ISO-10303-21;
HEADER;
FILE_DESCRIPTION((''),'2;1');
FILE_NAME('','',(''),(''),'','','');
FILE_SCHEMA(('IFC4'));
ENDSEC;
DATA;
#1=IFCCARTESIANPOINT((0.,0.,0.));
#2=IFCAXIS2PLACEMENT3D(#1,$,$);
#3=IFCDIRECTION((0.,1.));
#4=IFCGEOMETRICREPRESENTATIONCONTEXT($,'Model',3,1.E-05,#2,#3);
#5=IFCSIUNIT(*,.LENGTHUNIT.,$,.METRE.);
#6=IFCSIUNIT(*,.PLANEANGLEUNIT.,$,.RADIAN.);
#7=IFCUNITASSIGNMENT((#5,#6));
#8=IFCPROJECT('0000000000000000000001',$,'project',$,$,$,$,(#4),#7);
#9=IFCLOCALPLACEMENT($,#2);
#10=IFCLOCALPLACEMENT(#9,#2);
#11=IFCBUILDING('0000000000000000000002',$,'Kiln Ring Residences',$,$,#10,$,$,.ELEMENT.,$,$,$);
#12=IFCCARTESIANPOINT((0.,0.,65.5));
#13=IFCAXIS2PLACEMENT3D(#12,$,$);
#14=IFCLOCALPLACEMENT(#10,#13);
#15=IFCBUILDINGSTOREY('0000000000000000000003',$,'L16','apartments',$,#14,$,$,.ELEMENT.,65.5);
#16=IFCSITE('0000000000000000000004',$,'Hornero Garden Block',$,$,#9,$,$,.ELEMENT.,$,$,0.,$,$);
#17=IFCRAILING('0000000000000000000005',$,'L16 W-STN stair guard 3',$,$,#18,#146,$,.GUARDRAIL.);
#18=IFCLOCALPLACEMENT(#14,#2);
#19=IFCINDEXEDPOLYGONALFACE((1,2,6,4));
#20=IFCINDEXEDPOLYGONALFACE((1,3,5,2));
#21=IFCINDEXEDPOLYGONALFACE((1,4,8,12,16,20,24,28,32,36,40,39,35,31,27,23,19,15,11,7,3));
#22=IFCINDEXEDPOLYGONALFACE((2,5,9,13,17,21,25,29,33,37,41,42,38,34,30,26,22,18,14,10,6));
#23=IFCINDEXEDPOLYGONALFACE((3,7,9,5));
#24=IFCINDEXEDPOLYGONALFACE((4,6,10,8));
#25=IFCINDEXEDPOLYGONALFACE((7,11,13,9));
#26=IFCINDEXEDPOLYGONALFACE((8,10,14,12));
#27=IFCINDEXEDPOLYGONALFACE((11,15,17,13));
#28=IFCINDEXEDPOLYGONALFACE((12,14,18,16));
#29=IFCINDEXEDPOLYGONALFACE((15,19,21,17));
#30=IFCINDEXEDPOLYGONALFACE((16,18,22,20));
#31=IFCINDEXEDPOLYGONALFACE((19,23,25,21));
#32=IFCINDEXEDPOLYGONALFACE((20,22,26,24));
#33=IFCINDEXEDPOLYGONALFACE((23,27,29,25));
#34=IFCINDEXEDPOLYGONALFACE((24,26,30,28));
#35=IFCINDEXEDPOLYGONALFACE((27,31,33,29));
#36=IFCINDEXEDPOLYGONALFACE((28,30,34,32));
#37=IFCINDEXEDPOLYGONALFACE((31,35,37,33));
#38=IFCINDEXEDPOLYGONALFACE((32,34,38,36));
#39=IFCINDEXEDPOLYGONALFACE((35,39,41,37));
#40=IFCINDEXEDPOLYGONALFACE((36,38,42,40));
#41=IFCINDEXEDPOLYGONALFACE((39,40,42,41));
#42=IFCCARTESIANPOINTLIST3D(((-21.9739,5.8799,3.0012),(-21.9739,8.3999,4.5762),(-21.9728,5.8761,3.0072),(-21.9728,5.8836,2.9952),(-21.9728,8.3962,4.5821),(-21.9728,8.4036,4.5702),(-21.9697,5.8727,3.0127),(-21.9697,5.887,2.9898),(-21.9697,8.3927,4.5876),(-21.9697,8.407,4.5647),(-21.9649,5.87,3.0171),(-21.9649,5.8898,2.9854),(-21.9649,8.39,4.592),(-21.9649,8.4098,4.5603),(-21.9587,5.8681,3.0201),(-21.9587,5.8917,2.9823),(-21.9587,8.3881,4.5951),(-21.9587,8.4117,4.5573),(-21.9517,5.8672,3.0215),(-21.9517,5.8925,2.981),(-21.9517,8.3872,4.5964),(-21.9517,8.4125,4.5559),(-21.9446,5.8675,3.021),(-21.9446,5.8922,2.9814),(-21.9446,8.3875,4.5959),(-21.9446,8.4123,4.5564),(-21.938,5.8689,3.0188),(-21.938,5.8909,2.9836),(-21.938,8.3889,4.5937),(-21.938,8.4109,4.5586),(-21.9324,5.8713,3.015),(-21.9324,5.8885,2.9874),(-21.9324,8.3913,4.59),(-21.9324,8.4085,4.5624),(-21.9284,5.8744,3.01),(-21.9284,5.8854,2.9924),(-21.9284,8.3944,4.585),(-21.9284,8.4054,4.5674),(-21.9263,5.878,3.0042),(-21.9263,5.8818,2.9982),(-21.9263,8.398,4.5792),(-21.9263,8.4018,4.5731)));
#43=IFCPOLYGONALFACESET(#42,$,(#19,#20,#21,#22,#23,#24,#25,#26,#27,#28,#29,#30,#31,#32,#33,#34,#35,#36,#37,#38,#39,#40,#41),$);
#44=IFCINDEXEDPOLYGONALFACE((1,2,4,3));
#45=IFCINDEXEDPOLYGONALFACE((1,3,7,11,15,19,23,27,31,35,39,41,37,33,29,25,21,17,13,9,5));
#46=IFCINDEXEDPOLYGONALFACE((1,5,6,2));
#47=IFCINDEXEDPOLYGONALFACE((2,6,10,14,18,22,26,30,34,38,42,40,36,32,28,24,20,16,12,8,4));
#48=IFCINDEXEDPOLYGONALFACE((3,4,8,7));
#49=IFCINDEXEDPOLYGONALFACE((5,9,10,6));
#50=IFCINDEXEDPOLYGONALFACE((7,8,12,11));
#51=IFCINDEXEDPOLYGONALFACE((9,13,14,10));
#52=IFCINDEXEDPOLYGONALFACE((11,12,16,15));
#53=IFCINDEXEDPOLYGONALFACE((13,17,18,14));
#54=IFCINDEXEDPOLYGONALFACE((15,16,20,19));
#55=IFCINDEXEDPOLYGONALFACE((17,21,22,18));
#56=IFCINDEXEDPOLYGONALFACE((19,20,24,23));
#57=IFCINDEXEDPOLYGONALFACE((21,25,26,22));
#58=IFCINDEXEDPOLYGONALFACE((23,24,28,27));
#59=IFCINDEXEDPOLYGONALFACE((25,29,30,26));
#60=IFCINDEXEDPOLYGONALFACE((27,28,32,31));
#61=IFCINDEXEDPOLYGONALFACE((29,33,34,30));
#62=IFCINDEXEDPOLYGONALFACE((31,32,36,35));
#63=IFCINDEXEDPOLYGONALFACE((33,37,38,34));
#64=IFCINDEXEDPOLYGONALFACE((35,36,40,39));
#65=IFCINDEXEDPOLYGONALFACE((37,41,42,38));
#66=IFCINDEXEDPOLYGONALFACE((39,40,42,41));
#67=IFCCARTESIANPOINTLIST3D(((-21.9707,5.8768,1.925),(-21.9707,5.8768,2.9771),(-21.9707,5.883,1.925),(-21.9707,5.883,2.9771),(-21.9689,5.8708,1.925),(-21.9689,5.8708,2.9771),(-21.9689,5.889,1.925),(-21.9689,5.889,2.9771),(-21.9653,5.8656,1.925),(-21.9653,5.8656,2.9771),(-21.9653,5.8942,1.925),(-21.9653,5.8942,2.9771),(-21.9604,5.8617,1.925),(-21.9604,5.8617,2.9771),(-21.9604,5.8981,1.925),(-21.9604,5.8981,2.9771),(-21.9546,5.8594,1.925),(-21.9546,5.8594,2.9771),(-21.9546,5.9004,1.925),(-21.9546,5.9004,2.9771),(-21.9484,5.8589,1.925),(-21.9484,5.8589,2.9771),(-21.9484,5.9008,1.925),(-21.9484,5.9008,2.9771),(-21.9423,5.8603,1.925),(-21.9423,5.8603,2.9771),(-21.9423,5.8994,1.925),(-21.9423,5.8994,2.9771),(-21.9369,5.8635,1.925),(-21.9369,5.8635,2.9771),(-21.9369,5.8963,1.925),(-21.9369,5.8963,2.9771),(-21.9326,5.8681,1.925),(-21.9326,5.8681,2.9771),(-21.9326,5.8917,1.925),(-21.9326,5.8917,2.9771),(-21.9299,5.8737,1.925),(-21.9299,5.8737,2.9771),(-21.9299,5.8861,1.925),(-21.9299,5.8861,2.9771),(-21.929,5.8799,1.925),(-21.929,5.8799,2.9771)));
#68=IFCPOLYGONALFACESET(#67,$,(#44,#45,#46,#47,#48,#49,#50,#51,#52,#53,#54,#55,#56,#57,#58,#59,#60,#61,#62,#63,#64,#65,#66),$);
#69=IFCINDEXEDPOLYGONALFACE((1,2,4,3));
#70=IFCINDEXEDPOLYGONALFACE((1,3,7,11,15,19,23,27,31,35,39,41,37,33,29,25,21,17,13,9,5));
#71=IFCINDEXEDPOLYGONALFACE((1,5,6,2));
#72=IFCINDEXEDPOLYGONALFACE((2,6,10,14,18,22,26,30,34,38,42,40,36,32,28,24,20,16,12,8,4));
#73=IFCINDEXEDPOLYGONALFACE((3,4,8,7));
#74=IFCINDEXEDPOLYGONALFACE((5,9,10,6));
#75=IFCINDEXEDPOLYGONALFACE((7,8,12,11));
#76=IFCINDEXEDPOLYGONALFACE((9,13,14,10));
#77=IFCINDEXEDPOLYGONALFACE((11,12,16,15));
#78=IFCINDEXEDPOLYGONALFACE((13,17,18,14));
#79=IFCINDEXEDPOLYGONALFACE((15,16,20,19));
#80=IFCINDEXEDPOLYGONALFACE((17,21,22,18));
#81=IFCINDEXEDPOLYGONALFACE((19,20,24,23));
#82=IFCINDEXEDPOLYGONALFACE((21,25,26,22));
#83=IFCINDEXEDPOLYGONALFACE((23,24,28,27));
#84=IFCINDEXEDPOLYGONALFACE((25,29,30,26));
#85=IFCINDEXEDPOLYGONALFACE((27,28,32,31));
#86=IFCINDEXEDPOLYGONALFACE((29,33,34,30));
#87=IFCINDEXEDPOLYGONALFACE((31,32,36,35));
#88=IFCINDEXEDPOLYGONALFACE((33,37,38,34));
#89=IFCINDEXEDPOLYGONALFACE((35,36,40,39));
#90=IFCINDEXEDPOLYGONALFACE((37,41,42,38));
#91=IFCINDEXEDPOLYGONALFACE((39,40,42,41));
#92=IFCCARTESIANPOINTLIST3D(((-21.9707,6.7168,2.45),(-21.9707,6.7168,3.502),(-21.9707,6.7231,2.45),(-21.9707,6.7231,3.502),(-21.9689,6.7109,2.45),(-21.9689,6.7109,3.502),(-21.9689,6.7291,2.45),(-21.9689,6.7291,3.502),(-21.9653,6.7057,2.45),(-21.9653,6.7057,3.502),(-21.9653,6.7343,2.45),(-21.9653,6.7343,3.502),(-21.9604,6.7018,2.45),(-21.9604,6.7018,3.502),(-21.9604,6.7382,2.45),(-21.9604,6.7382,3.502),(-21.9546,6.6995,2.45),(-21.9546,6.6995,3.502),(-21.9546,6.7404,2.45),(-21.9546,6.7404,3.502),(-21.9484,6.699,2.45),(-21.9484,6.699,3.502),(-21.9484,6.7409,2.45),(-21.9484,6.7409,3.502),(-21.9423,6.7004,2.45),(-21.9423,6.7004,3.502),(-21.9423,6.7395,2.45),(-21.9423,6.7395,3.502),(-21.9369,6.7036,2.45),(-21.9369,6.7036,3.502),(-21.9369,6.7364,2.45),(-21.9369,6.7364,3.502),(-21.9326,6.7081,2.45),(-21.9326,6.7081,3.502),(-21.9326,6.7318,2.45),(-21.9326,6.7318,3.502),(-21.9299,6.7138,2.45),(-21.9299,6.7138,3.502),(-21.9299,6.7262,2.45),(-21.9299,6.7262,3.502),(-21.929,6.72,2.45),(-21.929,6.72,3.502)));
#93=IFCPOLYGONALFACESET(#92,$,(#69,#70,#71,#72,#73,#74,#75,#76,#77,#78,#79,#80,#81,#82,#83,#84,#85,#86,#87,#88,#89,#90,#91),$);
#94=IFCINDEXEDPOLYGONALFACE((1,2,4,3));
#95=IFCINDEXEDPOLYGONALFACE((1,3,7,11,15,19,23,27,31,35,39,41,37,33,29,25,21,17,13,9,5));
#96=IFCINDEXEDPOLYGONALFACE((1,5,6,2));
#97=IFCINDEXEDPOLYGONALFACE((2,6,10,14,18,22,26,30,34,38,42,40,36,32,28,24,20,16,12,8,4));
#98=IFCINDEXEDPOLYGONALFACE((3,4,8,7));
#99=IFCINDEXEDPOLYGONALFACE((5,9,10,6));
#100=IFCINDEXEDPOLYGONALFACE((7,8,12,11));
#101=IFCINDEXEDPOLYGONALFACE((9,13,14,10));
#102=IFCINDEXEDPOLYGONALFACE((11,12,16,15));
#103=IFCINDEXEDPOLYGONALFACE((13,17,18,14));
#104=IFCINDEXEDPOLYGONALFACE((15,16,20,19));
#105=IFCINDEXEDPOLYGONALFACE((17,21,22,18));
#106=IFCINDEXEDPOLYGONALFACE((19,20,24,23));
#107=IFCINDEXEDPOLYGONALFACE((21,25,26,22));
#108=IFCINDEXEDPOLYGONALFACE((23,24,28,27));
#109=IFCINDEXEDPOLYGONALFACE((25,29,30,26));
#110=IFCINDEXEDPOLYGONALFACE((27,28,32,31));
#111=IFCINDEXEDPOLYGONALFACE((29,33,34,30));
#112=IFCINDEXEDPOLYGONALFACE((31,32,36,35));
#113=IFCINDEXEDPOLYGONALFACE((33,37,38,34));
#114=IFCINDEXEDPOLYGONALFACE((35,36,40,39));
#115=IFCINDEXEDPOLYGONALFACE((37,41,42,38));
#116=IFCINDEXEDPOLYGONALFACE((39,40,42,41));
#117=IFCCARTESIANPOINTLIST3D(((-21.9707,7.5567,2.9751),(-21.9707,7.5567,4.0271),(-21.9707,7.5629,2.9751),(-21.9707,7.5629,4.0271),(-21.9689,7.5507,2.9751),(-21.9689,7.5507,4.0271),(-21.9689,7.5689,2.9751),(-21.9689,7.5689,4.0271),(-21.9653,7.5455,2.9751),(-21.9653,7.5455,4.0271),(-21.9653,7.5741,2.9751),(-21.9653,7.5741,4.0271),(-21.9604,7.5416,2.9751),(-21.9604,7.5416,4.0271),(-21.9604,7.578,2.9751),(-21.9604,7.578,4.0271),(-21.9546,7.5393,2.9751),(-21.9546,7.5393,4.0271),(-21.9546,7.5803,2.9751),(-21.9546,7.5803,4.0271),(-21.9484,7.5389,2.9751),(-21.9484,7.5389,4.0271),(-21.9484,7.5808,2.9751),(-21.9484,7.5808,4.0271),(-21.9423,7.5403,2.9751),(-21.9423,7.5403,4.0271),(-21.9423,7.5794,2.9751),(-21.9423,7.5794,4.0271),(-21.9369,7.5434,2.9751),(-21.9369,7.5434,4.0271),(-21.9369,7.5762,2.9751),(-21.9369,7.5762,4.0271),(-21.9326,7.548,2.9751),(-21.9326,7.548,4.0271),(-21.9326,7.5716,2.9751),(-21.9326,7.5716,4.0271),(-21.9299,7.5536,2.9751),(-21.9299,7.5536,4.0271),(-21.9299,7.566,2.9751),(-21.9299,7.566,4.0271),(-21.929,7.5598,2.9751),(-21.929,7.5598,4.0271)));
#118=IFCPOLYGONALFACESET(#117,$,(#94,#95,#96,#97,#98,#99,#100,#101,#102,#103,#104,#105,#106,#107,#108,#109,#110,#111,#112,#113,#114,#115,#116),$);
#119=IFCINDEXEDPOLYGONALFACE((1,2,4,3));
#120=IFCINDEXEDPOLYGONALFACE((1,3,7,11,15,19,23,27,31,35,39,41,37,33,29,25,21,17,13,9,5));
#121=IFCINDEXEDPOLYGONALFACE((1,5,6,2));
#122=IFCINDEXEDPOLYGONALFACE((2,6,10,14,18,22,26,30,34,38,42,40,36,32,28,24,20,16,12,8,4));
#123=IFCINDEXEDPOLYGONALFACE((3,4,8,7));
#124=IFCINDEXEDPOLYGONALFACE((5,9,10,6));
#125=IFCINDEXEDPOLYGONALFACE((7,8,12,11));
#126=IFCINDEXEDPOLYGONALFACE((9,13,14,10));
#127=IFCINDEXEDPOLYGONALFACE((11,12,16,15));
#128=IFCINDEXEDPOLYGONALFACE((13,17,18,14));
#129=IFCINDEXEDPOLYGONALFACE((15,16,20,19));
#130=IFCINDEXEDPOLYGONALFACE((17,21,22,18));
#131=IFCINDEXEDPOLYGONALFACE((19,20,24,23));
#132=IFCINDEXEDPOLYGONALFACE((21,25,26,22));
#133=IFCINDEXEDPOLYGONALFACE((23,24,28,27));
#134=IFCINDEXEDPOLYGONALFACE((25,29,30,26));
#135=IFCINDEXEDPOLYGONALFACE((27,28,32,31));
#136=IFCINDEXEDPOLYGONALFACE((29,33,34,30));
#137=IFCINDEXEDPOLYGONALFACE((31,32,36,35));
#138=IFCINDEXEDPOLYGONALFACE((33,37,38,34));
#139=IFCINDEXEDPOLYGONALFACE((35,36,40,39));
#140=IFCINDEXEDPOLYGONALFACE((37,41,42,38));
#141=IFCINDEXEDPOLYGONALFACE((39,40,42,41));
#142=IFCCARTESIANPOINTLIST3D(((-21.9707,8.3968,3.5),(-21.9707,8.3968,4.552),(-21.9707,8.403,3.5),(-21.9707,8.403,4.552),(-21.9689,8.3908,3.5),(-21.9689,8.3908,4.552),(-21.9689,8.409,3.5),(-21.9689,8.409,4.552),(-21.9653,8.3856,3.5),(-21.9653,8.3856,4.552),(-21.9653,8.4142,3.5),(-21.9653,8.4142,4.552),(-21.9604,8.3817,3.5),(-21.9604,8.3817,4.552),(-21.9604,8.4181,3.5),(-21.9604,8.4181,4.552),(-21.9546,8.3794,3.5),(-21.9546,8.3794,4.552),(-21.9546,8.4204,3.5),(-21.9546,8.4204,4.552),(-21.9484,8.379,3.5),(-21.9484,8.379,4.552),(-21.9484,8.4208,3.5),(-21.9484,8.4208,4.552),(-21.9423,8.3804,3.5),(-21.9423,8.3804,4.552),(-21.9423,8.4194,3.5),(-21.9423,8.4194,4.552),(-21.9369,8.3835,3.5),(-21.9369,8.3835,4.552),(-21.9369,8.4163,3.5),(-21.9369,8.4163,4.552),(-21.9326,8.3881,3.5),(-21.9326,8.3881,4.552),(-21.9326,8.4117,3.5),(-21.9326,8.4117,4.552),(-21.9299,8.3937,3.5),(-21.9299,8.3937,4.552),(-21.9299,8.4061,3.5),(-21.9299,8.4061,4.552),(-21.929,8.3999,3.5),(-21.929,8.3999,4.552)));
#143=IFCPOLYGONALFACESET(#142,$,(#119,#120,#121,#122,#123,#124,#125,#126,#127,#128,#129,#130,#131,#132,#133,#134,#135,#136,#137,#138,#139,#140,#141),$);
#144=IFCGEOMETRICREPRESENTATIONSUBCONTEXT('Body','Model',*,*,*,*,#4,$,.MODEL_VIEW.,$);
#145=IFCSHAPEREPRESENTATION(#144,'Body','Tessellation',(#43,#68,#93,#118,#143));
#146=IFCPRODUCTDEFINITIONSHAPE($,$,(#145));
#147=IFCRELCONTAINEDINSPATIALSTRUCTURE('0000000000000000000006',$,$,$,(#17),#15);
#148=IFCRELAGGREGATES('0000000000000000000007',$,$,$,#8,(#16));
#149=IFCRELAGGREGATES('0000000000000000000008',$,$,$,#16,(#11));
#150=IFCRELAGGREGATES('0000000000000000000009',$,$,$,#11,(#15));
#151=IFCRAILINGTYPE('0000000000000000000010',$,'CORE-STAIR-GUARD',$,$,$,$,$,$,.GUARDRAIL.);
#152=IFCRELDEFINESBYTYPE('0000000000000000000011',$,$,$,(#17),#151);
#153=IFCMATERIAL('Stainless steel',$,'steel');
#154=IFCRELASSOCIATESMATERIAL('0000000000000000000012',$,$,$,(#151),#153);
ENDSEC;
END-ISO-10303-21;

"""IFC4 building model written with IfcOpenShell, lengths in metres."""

from ifc_helpers import new_model, si_unit, direction, frame, origin, origin_2d, place, context, subcontext, project, spatial, circle, extrude, material, type_object, element, save


model = new_model("IFC4")

# Units and contexts
model_context = context("Model", 3, precision=1e-05, world=origin(), true_north=direction((0.0, 1.0)))
body_context = subcontext(model_context, "Body", "Model", "MODEL_VIEW")
ifc_project = project(units=[si_unit("LENGTHUNIT", "METRE"), si_unit("PLANEANGLEUNIT", "RADIAN")], contexts=[model_context])

# Site, building, storey
site_placement = place(None, origin())
site = spatial("IfcSite", under=ifc_project, at=site_placement, Name="Hornero Garden Block", CompositionType="ELEMENT", RefElevation=0.0)
building_placement = place(site_placement, origin())
building = spatial("IfcBuilding", under=site, at=building_placement, Name="Kiln Ring Residences", CompositionType="ELEMENT")
storey_placement = place(building_placement, frame((0.0, 0.0, 65.5)))
storey = spatial("IfcBuildingStorey", under=building, at=storey_placement, Name="L16", Description="apartments", CompositionType="ELEMENT", Elevation=65.5)

# Railing
ifc_material_1 = material(Name="Stainless steel", Category="steel")
railing_type_1 = type_object("IfcRailingType", Name="CORE-STAIR-GUARD", PredefinedType="GUARDRAIL", material=ifc_material_1)
railing_1_placement = place(storey_placement, frame((-21.95, 5.8799, 1.925)))
element("IfcRailing", 1, at=railing_1_placement, inside=storey, type_object=railing_type_1, Name="L16 W-STN stair guard 3", PredefinedType="GUARDRAIL", context=body_context, shape_type="SweptSolid", body=[
    extrude(circle(Radius=0.0239, at=origin_2d()), frame((0.0, 0.0, 1.0762), z_axis=(0.0, 0.848008, 0.529984), x_axis=(-1.0, 0.0, 0.0)), (0.0, 0.0, 1.0), 2.9717),
    extrude(circle(Radius=0.021, at=origin_2d()), origin(), (0.0, 0.0, 1.0), 1.052),
    extrude(circle(Radius=0.021, at=origin_2d()), frame((0.0, 0.8401, 0.5249)), (0.0, 0.0, 1.0), 1.052),
    extrude(circle(Radius=0.021, at=origin_2d()), frame((0.0, 1.6799, 1.05)), (0.0, 0.0, 1.0), 1.052),
    extrude(circle(Radius=0.021, at=origin_2d()), frame((0.0, 2.52, 1.575)), (0.0, 0.0, 1.0), 1.052),
])

save(model, "model.ifc")
